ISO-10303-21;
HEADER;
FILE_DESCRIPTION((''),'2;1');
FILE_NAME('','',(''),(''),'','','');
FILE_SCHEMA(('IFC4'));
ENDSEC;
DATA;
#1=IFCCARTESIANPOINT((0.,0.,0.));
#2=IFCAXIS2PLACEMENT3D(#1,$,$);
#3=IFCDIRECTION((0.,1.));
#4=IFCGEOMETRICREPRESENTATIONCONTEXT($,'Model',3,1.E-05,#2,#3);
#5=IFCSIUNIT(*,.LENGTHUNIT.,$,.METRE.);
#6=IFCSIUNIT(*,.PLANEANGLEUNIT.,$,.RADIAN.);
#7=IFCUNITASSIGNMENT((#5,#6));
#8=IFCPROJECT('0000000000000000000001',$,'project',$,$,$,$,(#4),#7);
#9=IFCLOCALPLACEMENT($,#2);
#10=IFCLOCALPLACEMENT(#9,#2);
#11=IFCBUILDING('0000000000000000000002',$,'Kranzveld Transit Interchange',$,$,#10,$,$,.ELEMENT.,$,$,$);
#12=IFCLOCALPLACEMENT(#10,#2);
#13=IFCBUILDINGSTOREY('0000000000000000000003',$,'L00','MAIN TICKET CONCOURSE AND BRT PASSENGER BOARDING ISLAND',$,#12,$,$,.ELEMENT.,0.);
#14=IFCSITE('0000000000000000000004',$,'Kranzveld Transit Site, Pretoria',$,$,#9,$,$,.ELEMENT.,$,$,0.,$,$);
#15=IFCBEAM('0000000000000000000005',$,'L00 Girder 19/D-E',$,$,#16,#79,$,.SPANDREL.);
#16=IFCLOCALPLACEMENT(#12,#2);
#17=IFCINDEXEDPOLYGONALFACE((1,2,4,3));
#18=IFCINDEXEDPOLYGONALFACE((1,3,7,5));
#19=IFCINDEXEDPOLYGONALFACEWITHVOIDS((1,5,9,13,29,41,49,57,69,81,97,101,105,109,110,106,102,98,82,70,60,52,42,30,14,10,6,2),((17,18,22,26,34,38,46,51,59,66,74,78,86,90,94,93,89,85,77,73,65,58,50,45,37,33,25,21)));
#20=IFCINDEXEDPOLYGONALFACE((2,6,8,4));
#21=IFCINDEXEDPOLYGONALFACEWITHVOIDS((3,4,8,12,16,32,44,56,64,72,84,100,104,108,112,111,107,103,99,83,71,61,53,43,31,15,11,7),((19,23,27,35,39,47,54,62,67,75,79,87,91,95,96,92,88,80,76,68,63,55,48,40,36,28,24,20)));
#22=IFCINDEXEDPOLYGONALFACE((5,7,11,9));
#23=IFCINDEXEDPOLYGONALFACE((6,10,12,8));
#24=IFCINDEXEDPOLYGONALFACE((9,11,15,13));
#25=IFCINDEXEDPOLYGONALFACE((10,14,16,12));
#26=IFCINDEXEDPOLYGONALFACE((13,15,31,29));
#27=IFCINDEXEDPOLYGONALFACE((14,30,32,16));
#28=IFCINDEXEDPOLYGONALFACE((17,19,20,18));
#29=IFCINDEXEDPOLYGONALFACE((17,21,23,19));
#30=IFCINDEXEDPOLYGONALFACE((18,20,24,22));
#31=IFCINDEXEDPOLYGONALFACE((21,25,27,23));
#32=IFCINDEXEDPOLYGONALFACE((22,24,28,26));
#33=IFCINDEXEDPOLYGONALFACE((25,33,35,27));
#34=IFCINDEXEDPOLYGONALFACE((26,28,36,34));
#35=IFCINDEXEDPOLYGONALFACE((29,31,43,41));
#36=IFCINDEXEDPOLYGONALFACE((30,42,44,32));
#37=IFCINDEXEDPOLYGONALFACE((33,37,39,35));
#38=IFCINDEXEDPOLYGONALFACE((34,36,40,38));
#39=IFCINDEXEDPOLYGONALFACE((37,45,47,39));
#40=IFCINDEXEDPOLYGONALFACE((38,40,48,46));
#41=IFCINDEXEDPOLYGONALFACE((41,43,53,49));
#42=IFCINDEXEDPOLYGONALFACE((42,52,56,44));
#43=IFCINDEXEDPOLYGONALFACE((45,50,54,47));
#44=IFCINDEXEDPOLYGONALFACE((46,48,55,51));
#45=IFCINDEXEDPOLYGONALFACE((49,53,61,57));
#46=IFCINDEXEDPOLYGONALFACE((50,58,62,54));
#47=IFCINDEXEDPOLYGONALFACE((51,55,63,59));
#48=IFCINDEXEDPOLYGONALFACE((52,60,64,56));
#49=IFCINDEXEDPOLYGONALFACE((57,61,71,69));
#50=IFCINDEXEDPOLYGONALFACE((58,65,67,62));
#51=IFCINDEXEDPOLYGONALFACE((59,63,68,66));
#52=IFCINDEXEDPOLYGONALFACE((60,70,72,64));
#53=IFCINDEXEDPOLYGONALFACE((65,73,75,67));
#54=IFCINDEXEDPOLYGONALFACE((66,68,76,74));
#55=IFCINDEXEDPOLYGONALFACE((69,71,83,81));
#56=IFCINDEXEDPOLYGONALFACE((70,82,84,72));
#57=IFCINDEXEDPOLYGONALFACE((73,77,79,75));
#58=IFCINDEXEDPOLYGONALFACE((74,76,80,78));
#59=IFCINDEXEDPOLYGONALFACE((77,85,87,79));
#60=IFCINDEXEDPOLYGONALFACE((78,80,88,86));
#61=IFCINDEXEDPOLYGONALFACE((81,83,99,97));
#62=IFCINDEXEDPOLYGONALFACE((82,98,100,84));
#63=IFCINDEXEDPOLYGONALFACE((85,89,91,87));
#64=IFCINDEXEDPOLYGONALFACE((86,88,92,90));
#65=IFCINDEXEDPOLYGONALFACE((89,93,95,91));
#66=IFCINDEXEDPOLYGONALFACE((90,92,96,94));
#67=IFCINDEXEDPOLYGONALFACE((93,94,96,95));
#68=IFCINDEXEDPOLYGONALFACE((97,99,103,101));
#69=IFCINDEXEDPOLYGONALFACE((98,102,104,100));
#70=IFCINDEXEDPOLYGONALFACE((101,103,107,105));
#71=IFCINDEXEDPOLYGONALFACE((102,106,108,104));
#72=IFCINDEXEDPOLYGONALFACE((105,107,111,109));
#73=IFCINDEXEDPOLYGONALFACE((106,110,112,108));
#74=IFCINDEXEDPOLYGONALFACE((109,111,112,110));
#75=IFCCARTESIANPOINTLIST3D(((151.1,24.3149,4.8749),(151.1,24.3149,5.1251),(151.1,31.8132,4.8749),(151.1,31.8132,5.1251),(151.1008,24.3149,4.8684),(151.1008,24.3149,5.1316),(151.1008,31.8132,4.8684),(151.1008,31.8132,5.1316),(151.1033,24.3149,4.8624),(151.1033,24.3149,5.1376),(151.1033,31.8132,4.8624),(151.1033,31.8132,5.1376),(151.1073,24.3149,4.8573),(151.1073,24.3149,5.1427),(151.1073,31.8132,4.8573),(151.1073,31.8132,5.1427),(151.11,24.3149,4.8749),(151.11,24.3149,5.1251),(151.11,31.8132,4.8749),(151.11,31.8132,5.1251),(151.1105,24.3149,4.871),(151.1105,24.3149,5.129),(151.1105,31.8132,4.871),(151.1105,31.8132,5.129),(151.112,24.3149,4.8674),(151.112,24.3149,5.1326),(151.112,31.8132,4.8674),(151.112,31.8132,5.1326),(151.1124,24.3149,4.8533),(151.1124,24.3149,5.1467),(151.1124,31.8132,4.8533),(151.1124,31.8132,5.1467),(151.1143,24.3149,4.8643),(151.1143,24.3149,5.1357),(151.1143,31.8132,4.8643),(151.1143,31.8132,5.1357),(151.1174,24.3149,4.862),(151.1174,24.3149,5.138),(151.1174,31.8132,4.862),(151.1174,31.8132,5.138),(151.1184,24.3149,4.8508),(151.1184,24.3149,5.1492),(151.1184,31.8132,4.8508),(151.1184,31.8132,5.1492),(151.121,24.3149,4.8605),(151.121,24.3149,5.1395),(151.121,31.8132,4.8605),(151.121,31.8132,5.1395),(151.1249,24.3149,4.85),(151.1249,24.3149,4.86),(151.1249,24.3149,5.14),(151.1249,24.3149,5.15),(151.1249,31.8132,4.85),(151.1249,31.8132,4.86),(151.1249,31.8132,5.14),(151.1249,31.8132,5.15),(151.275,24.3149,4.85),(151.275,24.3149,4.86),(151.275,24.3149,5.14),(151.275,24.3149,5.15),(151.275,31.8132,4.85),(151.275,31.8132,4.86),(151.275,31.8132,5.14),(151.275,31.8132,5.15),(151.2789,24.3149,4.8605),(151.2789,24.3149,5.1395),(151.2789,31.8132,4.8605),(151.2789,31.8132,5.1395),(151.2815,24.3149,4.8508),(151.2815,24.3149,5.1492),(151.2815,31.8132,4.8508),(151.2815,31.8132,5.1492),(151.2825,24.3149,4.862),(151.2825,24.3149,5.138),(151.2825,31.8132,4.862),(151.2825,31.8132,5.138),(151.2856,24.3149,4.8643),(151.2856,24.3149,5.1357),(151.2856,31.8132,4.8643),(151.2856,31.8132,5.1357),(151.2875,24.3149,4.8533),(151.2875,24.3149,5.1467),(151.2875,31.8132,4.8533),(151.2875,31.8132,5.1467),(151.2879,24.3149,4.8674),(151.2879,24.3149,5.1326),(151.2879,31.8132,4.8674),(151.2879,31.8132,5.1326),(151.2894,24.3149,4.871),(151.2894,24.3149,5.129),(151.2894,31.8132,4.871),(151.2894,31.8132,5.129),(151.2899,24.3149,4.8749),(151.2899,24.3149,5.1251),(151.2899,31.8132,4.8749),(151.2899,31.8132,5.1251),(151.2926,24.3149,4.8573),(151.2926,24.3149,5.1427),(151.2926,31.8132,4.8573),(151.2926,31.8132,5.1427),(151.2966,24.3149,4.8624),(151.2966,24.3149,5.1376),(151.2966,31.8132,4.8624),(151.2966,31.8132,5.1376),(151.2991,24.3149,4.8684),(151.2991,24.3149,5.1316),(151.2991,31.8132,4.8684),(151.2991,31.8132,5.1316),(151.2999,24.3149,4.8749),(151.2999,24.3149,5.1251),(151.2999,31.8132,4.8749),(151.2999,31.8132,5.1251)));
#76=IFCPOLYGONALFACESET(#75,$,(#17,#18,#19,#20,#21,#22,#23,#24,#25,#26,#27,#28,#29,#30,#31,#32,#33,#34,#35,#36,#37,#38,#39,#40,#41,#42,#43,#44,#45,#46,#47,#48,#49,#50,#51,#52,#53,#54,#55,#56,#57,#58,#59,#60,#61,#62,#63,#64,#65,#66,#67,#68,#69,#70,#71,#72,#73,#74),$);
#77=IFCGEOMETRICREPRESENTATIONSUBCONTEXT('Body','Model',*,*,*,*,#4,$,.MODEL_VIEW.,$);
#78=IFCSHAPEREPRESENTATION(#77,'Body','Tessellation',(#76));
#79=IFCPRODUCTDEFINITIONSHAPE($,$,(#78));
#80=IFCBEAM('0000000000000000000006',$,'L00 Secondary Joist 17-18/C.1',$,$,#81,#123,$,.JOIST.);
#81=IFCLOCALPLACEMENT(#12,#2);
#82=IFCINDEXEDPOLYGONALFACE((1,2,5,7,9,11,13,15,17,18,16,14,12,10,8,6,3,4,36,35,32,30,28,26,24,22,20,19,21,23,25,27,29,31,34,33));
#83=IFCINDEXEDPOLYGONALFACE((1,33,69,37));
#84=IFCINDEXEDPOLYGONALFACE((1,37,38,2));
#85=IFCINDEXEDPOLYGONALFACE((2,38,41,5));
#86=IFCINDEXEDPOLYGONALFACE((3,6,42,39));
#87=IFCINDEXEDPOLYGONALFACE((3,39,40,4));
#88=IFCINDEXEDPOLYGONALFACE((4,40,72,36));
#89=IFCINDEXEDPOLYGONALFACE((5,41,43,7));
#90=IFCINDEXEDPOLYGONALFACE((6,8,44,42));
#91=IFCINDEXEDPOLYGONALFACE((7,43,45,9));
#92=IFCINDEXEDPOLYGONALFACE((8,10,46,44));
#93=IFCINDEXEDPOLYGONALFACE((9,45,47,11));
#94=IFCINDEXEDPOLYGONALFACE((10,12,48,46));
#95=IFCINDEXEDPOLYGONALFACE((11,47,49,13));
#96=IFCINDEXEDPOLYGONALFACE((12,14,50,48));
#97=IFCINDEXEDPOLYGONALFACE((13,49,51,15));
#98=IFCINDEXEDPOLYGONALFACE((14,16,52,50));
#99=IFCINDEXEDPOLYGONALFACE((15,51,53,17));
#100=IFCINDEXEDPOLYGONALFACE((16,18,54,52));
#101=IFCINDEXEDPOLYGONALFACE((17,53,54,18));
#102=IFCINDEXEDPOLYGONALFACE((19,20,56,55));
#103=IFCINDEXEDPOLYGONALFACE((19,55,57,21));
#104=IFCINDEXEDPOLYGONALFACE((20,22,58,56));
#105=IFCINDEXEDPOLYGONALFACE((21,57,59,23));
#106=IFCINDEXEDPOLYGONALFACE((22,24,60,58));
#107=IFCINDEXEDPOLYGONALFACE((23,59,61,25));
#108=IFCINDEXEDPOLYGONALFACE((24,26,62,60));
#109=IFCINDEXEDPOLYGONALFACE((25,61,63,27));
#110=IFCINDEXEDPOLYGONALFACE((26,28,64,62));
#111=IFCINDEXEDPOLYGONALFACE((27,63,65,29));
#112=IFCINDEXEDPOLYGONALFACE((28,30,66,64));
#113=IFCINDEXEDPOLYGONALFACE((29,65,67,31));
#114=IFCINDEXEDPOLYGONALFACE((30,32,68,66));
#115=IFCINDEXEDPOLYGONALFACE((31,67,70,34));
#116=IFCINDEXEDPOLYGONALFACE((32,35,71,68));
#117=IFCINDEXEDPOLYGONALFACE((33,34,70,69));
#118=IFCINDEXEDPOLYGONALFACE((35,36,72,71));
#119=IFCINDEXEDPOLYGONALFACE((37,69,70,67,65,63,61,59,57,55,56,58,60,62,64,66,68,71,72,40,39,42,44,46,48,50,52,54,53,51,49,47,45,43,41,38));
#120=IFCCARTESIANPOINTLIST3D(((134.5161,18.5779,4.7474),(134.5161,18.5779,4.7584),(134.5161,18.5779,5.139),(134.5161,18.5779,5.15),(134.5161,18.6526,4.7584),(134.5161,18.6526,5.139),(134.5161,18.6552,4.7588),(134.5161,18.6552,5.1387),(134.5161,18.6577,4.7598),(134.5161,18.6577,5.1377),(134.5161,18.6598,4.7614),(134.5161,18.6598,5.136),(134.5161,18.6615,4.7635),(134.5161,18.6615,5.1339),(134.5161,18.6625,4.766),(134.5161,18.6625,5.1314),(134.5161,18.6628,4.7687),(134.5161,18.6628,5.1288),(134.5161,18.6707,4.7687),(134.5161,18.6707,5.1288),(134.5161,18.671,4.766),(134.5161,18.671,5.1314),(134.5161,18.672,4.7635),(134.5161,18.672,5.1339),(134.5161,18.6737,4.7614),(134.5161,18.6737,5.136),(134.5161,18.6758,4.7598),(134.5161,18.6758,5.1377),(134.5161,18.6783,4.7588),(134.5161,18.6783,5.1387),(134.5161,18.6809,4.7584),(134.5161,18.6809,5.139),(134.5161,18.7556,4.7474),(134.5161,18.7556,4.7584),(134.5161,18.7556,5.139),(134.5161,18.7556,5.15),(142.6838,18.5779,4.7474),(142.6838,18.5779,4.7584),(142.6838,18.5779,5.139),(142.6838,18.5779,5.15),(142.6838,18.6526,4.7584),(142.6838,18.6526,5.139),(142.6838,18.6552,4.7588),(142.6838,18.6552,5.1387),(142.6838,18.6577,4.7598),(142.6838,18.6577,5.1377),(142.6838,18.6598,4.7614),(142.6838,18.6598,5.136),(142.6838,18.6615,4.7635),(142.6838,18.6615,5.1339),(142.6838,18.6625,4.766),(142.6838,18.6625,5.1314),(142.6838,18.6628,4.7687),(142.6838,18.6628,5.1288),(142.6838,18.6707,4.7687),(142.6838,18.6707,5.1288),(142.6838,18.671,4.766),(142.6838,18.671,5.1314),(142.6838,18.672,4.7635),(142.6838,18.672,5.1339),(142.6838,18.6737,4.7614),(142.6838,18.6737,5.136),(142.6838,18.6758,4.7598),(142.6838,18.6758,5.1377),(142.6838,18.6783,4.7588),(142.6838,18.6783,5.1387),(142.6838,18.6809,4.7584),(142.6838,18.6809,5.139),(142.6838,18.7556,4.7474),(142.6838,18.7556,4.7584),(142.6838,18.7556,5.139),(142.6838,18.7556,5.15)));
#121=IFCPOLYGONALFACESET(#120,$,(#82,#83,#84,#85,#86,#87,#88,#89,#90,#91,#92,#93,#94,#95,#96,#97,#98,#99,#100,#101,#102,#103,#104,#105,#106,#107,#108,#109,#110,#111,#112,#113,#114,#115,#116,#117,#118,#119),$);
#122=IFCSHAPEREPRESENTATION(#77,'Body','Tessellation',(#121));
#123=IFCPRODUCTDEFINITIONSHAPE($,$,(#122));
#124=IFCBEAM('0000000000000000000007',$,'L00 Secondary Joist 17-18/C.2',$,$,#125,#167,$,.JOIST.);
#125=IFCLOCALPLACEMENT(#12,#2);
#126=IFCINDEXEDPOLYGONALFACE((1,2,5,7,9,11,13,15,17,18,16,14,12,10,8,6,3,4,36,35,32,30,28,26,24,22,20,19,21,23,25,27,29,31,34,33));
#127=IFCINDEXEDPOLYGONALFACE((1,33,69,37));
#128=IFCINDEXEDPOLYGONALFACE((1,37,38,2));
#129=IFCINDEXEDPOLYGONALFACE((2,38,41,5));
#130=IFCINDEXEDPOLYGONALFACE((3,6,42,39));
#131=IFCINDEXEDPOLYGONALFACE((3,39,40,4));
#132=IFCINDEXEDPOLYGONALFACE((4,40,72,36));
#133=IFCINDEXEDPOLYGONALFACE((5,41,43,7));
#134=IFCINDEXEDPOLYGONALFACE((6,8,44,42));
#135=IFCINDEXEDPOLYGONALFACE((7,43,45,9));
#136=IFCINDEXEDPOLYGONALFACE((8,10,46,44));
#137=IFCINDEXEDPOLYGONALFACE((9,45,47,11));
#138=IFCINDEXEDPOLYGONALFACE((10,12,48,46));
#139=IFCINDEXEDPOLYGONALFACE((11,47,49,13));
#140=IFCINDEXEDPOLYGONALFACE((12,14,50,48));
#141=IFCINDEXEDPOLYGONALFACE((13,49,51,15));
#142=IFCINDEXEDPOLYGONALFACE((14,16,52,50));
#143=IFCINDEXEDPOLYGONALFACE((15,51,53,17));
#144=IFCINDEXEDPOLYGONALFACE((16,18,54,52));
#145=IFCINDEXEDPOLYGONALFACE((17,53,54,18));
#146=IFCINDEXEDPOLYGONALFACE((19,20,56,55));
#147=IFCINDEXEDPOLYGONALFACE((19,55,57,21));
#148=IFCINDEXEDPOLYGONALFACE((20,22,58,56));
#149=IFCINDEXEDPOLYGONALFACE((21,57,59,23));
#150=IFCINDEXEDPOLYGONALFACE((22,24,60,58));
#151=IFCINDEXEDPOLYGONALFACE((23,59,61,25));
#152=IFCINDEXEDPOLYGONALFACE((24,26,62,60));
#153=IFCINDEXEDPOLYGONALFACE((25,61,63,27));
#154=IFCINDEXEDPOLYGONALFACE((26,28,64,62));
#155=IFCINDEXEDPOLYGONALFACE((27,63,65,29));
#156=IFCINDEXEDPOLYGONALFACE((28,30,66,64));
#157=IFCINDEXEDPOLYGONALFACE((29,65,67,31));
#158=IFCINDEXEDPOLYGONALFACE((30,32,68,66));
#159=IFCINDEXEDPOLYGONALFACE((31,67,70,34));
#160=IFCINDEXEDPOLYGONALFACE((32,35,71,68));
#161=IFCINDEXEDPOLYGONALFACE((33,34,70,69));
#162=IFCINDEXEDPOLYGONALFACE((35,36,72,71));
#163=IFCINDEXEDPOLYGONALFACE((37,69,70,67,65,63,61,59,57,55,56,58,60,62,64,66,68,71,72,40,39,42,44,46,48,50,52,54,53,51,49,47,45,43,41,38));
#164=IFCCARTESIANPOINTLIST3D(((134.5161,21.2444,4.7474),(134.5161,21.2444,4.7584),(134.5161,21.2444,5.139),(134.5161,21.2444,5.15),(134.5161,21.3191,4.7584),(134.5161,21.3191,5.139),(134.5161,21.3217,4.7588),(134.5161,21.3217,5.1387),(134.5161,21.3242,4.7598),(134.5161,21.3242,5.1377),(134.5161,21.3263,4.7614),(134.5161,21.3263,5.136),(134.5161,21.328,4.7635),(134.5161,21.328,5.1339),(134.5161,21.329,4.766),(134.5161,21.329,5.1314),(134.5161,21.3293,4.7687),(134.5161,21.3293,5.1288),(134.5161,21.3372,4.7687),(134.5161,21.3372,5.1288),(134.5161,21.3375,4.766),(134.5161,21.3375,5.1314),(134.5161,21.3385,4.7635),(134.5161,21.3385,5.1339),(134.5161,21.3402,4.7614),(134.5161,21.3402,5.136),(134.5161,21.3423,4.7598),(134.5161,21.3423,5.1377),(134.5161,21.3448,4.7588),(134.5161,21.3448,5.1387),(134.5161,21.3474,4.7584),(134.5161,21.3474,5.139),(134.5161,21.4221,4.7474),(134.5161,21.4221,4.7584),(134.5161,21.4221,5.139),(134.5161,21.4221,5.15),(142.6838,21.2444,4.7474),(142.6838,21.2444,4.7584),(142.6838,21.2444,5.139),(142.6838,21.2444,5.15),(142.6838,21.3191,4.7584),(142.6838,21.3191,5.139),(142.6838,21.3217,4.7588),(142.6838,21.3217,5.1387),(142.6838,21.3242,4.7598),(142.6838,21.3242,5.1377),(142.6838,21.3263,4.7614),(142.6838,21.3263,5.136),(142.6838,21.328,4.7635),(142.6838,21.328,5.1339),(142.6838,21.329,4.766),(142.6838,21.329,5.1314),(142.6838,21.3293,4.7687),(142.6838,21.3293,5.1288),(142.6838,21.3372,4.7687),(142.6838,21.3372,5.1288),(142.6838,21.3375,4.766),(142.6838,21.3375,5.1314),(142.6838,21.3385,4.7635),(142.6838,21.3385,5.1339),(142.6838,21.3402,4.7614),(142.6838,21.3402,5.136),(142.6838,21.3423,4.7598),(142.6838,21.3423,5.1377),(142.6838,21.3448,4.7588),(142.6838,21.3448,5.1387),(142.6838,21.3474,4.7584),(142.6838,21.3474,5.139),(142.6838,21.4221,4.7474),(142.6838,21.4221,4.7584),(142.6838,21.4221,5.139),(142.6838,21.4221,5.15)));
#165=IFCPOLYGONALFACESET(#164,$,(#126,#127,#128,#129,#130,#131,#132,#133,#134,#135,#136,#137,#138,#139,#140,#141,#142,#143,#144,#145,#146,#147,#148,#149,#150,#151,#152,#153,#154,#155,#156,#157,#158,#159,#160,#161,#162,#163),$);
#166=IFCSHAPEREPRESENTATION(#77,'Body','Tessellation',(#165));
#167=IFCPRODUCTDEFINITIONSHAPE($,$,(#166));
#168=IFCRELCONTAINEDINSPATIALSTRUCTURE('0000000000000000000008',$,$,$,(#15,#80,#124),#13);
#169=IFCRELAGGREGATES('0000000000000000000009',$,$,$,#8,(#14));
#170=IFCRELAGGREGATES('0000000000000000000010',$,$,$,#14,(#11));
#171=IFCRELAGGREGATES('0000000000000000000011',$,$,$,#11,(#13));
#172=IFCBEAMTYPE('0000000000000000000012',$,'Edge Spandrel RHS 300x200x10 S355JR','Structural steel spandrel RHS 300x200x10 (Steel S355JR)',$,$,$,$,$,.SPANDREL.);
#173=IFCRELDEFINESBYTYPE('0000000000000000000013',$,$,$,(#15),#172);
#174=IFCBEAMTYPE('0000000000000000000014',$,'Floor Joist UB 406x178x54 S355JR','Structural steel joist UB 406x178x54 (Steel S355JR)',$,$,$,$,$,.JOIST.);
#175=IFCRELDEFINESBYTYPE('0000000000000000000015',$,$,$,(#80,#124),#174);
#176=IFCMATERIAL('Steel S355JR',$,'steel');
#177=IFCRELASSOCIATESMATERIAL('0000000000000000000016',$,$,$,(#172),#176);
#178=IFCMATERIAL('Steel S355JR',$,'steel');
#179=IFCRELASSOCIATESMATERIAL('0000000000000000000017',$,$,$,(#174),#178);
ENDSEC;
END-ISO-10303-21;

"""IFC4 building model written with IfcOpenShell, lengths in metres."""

from ifc_helpers import new_model, si_unit, direction, frame, origin, origin_2d, place, context, subcontext, project, spatial, hollow_rectangle, i_section, extrude, material, material_profile, profile_set, type_object, element, save


model = new_model("IFC4")

# Units and contexts
model_context = context("Model", 3, precision=1e-05, world=origin(), true_north=direction((0.0, 1.0)))
body_context = subcontext(model_context, "Body", "Model", "MODEL_VIEW")
ifc_project = project(units=[si_unit("LENGTHUNIT", "METRE"), si_unit("PLANEANGLEUNIT", "RADIAN")], contexts=[model_context])

# Site, building, storey
site_placement = place(None, origin())
site = spatial("IfcSite", under=ifc_project, at=site_placement, Name="Kranzveld Transit Site, Pretoria", CompositionType="ELEMENT", RefElevation=0.0)
building_placement = place(site_placement, origin())
building = spatial("IfcBuilding", under=site, at=building_placement, Name="Kranzveld Transit Interchange", CompositionType="ELEMENT")
storey_placement = place(building_placement, origin())
storey = spatial("IfcBuildingStorey", under=building, at=storey_placement, Name="L00", Description="MAIN TICKET CONCOURSE AND BRT PASSENGER BOARDING ISLAND", CompositionType="ELEMENT", Elevation=0.0)

# Beams
ifc_material_1 = material(Name="Steel S355JR", Category="steel")
ifc_material_profile_1 = material_profile(ifc_material_1, hollow_rectangle(XDim=0.2, YDim=0.3, WallThickness=0.01, InnerFilletRadius=0.0149, OuterFilletRadius=0.0249, at=origin_2d()), Name="RHS 300x200x10")
ifc_profile_set_1 = profile_set([ifc_material_profile_1], Name="Steel S355JR")
beam_type_1 = type_object("IfcBeamType", Name="Edge Spandrel RHS 300x200x10 S355JR", Description="Structural steel spandrel RHS 300x200x10 (Steel S355JR)", PredefinedType="SPANDREL", material=ifc_profile_set_1)
for number, where, z_axis, x_axis, name in (
    (1, (151.2, 24.3149, 5.0), (0.0, 1.0, 0.0), (-1.0, 0.0, 0.0), "L00 Girder 19/D-E"),
):
    element("IfcBeam", number, at=place(storey_placement, frame(where, z_axis=z_axis, x_axis=x_axis)), inside=storey, type_object=beam_type_1, Name=name, PredefinedType="SPANDREL", context=body_context, shape_type="SweptSolid", body=[
        extrude(hollow_rectangle(XDim=0.2, YDim=0.3, WallThickness=0.01, InnerFilletRadius=0.0149, OuterFilletRadius=0.0249, at=origin_2d()), origin(), (0.0, 0.0, 1.0), 7.4983),
    ])
ifc_material_2 = material(Name="Steel S355JR", Category="steel")
ifc_material_profile_2 = material_profile(ifc_material_2, i_section(OverallWidth=0.1777, OverallDepth=0.4026, WebThickness=0.0078, FlangeThickness=0.011, FilletRadius=0.0103, at=origin_2d()), Name="UB 406x178x54")
ifc_profile_set_2 = profile_set([ifc_material_profile_2], Name="Steel S355JR")
beam_type_2 = type_object("IfcBeamType", Name="Floor Joist UB 406x178x54 S355JR", Description="Structural steel joist UB 406x178x54 (Steel S355JR)", PredefinedType="JOIST", material=ifc_profile_set_2)
for number, where, z_axis, x_axis, name in (
    (2, (134.5161, 18.6667, 4.9487), (1.0, 0.0, 0.0), (0.0, 1.0, 0.0), "L00 Secondary Joist 17-18/C.1"),
    (3, (134.5161, 21.3333, 4.9487), (1.0, 0.0, 0.0), (0.0, 1.0, 0.0), "L00 Secondary Joist 17-18/C.2"),
):
    element("IfcBeam", number, at=place(storey_placement, frame(where, z_axis=z_axis, x_axis=x_axis)), inside=storey, type_object=beam_type_2, Name=name, PredefinedType="JOIST", context=body_context, shape_type="SweptSolid", body=[
        extrude(i_section(OverallWidth=0.1777, OverallDepth=0.4026, WebThickness=0.0078, FlangeThickness=0.011, FilletRadius=0.0103, at=origin_2d()), origin(), (0.0, 0.0, 1.0), 8.1677),
    ])

save(model, "model.ifc")
